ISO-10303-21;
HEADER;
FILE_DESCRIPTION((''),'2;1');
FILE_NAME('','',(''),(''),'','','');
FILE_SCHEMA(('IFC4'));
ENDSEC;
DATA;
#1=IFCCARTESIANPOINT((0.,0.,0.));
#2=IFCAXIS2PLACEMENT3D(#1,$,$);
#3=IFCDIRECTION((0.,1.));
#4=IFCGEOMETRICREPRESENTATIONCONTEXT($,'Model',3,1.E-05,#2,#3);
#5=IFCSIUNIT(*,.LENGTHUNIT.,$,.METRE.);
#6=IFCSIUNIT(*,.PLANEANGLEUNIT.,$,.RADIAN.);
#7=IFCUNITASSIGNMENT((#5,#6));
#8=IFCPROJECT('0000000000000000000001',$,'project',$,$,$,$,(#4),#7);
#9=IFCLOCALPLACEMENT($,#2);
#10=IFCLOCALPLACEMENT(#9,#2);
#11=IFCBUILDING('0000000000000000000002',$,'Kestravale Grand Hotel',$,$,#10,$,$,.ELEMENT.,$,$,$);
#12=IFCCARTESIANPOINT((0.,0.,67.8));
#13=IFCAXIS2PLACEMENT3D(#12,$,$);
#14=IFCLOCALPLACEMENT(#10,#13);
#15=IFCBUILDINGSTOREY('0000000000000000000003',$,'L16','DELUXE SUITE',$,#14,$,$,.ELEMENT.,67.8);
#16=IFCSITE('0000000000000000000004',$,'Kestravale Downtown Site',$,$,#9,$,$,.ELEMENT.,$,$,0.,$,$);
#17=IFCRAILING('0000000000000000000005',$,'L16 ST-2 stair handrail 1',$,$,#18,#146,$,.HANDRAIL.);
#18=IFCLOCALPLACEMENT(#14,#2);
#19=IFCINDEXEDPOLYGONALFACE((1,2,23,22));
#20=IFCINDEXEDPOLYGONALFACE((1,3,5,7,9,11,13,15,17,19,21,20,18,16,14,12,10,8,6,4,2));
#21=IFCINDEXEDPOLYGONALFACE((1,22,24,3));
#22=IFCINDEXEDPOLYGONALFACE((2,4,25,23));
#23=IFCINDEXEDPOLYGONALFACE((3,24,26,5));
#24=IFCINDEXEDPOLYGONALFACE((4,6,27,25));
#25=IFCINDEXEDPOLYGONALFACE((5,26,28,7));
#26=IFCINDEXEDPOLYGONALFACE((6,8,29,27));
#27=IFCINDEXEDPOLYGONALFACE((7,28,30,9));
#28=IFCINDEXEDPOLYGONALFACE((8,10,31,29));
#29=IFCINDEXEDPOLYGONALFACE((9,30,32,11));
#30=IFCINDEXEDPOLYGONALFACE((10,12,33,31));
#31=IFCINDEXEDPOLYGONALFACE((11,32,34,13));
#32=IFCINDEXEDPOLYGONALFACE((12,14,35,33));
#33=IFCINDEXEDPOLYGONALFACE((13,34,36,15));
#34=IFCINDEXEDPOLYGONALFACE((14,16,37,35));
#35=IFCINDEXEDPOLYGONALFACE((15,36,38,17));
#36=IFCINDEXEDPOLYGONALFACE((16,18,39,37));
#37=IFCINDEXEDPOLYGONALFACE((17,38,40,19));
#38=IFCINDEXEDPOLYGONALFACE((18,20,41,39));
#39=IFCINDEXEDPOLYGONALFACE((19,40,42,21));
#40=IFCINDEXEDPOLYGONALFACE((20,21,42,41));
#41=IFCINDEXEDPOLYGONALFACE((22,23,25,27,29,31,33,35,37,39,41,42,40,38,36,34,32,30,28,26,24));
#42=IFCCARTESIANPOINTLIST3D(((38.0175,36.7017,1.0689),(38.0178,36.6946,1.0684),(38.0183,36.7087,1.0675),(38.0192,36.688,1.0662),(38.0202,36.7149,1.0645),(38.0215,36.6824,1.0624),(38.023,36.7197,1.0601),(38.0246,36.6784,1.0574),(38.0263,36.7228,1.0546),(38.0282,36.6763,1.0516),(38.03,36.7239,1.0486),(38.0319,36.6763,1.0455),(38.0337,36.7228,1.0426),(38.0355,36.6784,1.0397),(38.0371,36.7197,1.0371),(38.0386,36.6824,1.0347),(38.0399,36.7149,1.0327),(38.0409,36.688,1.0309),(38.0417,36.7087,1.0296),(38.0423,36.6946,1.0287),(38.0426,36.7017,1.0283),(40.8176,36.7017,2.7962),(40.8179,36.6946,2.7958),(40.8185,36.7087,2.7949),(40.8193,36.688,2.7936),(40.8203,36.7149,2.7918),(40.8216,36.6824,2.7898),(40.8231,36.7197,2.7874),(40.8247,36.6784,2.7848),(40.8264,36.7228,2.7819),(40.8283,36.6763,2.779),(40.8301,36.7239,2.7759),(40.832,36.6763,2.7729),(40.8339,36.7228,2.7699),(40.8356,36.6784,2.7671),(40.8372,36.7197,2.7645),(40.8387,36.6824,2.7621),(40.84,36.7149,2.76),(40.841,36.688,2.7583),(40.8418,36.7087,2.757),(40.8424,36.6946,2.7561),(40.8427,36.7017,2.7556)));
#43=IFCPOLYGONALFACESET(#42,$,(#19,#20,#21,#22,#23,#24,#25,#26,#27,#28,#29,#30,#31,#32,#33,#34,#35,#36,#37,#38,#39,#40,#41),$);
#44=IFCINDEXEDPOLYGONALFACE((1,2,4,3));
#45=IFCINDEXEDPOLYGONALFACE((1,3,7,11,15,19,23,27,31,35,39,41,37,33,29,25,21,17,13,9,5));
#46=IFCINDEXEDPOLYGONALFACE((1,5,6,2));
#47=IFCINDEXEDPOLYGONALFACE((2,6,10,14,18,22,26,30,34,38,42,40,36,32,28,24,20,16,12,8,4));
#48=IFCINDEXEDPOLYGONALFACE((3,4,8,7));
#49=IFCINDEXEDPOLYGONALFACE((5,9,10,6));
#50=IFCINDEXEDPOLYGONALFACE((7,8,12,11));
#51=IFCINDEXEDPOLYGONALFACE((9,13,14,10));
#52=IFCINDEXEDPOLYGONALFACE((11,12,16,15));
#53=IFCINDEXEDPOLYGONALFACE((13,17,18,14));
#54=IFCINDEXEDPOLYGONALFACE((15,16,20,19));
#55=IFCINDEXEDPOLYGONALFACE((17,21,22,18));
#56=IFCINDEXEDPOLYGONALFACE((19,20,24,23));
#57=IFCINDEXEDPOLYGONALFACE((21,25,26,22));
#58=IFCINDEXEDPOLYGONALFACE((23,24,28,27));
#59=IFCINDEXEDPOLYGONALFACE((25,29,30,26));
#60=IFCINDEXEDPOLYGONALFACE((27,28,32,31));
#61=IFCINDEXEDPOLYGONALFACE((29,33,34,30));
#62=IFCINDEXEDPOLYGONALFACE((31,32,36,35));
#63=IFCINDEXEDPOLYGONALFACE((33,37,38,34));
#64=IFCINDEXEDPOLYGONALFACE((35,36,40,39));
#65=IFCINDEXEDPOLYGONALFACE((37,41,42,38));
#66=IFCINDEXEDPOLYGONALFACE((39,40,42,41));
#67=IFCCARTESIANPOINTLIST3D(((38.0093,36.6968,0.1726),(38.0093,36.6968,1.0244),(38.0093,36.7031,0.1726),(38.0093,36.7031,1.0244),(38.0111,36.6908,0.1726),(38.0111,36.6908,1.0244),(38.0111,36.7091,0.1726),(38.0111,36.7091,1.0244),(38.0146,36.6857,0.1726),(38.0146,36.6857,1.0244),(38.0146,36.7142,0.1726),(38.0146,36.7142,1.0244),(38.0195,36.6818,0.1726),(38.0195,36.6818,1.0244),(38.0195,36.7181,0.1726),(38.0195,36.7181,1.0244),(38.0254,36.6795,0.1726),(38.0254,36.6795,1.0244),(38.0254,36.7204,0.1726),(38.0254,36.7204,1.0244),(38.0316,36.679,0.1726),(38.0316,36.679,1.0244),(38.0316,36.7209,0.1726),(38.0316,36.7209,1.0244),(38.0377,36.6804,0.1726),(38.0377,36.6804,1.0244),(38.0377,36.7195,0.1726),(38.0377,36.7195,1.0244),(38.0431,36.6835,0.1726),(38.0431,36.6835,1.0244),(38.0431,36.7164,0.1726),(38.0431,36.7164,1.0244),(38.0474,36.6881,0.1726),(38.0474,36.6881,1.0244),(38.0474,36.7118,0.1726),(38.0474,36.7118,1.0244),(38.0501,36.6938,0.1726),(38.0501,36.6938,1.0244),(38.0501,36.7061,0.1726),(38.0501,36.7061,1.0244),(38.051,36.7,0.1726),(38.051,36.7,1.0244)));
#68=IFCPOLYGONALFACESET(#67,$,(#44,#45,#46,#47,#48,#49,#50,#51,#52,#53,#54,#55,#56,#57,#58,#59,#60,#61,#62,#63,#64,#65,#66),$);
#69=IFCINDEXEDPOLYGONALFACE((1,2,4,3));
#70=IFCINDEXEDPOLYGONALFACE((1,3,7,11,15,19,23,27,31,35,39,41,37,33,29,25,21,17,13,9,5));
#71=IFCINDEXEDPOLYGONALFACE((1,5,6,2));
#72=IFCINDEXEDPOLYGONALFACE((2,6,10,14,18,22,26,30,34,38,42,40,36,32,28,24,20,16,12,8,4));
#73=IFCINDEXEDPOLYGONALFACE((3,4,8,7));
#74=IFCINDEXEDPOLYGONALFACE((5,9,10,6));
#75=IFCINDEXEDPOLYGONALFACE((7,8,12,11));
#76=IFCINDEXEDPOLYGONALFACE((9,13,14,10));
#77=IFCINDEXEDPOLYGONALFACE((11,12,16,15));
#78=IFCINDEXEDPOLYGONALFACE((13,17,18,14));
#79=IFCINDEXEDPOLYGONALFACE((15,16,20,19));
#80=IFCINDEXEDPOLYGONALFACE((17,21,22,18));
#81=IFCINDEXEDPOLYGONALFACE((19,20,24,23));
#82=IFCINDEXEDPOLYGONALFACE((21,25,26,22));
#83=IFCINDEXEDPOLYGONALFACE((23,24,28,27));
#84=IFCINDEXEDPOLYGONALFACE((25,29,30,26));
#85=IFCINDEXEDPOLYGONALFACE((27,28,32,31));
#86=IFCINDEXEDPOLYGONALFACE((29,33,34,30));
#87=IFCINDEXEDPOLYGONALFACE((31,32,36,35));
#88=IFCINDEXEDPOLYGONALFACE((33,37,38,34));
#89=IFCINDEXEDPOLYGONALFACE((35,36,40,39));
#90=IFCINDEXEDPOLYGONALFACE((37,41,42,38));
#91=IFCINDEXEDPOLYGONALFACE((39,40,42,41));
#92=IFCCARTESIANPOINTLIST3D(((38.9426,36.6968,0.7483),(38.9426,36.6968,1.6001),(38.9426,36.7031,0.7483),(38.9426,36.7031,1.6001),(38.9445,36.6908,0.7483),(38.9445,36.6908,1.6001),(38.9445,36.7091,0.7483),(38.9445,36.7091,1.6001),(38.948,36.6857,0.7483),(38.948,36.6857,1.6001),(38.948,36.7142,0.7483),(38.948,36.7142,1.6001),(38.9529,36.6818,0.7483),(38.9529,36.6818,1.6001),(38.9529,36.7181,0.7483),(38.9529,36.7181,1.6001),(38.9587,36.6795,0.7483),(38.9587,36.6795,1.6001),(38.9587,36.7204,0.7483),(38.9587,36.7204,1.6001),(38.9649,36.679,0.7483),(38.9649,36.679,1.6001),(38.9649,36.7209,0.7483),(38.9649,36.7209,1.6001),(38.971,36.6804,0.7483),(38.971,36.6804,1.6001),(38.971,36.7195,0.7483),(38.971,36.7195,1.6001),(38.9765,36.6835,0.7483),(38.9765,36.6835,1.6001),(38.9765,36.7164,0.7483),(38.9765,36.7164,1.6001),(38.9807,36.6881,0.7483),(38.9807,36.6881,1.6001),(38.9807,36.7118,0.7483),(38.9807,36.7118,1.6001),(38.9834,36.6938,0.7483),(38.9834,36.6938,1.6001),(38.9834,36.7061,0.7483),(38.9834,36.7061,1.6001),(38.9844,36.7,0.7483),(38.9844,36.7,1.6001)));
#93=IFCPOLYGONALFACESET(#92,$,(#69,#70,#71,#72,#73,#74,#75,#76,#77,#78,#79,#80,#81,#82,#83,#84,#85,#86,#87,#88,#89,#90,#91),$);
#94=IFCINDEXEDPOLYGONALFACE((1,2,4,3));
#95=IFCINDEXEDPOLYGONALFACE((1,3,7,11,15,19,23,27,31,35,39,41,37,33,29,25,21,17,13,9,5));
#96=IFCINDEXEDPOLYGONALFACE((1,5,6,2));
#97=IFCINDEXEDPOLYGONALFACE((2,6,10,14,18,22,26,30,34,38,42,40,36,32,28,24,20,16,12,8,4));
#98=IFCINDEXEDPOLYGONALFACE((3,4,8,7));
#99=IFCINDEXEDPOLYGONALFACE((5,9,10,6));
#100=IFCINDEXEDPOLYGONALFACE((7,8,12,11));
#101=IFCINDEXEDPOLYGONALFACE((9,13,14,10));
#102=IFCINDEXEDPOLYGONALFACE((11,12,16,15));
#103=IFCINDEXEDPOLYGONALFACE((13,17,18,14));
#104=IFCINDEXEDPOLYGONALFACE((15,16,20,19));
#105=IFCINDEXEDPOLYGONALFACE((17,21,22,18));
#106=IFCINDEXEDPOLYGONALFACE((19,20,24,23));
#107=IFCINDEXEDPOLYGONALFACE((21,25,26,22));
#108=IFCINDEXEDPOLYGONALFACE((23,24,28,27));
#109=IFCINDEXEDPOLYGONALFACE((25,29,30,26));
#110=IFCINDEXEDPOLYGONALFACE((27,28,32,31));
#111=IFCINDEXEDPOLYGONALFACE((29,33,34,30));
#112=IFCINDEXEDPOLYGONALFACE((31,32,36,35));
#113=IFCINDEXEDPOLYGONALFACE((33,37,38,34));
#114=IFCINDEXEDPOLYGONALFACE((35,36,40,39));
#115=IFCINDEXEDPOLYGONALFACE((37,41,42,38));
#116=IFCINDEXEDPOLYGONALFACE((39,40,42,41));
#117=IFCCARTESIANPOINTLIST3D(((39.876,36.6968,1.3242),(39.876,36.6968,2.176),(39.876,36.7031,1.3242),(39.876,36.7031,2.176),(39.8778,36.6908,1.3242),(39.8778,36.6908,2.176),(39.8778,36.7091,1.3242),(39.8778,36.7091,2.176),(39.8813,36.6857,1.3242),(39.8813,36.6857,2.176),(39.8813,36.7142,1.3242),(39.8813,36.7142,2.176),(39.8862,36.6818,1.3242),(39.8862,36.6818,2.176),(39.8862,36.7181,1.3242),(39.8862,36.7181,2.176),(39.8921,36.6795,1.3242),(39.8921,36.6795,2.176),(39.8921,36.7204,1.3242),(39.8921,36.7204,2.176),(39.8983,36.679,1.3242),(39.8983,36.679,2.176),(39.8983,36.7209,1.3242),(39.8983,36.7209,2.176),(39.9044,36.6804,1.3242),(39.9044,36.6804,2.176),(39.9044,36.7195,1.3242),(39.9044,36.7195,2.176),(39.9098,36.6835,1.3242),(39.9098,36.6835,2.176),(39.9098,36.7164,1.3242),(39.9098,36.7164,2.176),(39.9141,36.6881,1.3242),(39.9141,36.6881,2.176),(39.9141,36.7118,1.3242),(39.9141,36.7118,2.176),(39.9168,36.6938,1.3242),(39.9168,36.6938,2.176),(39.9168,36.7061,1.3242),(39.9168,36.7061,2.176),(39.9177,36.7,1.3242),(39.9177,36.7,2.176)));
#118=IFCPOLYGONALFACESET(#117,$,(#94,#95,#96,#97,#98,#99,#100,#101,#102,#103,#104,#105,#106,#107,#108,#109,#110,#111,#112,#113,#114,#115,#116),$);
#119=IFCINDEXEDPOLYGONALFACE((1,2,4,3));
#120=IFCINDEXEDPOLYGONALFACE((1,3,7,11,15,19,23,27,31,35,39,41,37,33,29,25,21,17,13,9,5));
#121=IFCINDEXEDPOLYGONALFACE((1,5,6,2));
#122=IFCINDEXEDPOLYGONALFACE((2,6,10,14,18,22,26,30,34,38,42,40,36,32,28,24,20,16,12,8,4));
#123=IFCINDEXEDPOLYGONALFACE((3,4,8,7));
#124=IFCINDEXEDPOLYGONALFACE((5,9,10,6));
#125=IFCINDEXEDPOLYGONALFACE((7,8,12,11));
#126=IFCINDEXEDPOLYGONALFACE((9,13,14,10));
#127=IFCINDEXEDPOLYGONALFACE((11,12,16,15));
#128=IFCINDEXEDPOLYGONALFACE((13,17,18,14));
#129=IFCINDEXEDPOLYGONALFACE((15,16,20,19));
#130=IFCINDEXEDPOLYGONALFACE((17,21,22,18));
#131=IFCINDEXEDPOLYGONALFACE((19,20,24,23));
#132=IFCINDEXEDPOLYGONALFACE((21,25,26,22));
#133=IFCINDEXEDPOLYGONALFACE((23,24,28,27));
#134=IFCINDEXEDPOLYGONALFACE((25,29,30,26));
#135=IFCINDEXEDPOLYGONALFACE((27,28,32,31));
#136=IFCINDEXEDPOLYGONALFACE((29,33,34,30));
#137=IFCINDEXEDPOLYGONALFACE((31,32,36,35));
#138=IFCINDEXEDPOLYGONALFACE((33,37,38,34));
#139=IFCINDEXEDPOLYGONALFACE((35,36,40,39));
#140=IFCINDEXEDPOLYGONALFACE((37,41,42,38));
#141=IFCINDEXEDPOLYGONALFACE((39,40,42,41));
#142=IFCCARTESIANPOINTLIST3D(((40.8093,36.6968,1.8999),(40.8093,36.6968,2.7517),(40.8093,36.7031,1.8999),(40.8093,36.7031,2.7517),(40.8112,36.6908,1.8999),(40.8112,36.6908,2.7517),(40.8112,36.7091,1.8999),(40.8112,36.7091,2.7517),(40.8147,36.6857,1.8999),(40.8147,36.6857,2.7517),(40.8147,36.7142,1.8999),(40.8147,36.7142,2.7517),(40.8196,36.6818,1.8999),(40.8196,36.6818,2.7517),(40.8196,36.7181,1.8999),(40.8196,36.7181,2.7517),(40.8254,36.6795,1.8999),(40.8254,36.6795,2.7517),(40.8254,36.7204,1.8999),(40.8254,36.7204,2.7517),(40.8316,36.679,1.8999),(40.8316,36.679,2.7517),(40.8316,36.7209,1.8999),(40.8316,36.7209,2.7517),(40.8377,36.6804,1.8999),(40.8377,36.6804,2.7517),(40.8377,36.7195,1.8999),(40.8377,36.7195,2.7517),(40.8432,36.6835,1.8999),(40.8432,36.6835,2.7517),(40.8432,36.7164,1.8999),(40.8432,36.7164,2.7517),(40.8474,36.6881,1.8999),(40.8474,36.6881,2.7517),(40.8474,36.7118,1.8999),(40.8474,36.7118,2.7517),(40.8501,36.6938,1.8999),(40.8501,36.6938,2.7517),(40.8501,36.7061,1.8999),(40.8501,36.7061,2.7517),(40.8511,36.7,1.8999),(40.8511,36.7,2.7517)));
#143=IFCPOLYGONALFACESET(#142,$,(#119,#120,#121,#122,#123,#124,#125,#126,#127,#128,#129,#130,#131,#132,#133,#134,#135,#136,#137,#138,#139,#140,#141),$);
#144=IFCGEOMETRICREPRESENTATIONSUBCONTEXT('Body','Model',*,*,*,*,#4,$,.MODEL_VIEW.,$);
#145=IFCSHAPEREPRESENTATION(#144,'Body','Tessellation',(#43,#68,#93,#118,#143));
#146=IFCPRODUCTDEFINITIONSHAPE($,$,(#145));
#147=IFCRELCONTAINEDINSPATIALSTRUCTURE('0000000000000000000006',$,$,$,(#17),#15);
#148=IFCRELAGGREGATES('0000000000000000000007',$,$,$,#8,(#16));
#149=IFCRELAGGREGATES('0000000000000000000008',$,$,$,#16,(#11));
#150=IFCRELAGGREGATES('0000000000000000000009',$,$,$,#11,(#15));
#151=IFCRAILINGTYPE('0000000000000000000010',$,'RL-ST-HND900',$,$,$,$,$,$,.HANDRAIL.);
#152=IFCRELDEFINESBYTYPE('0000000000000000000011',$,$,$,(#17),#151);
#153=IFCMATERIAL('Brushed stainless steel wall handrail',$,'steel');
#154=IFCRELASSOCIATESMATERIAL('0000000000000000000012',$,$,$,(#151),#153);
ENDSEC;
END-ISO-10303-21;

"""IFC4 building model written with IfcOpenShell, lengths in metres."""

from ifc_helpers import new_model, si_unit, direction, frame, origin, origin_2d, place, context, subcontext, project, spatial, circle, extrude, material, type_object, element, save


model = new_model("IFC4")

# Units and contexts
model_context = context("Model", 3, precision=1e-05, world=origin(), true_north=direction((0.0, 1.0)))
body_context = subcontext(model_context, "Body", "Model", "MODEL_VIEW")
ifc_project = project(units=[si_unit("LENGTHUNIT", "METRE"), si_unit("PLANEANGLEUNIT", "RADIAN")], contexts=[model_context])

# Site, building, storey
site_placement = place(None, origin())
site = spatial("IfcSite", under=ifc_project, at=site_placement, Name="Kestravale Downtown Site", CompositionType="ELEMENT", RefElevation=0.0)
building_placement = place(site_placement, origin())
building = spatial("IfcBuilding", under=site, at=building_placement, Name="Kestravale Grand Hotel", CompositionType="ELEMENT")
storey_placement = place(building_placement, frame((0.0, 0.0, 67.8)))
storey = spatial("IfcBuildingStorey", under=building, at=storey_placement, Name="L16", Description="DELUXE SUITE", CompositionType="ELEMENT", Elevation=67.8)

# Railing
ifc_material_1 = material(Name="Brushed stainless steel wall handrail", Category="steel")
railing_type_1 = type_object("IfcRailingType", Name="RL-ST-HND900", PredefinedType="HANDRAIL", material=ifc_material_1)
railing_1_placement = place(storey_placement, frame((38.03, 36.7, 0.1726)))
element("IfcRailing", 1, at=railing_1_placement, inside=storey, type_object=railing_type_1, Name="L16 ST-2 stair handrail 1", PredefinedType="HANDRAIL", context=body_context, shape_type="SweptSolid", body=[
    extrude(circle(Radius=0.0239, at=origin_2d()), frame((0.0, 0.0, 0.876), z_axis=(0.85109, 0.0, 0.52502), x_axis=(0.0, 1.0, 0.0)), (0.0, 0.0, 1.0), 3.29),
    extrude(circle(Radius=0.021, at=origin_2d()), origin(), (0.0, 0.0, 1.0), 0.8518),
    extrude(circle(Radius=0.021, at=origin_2d()), frame((0.9333, 0.0, 0.5757)), (0.0, 0.0, 1.0), 0.8518),
    extrude(circle(Radius=0.021, at=origin_2d()), frame((1.8667, 0.0, 1.1516)), (0.0, 0.0, 1.0), 0.8518),
    extrude(circle(Radius=0.021, at=origin_2d()), frame((2.8, 0.0, 1.7273)), (0.0, 0.0, 1.0), 0.8518),
])

save(model, "model.ifc")
